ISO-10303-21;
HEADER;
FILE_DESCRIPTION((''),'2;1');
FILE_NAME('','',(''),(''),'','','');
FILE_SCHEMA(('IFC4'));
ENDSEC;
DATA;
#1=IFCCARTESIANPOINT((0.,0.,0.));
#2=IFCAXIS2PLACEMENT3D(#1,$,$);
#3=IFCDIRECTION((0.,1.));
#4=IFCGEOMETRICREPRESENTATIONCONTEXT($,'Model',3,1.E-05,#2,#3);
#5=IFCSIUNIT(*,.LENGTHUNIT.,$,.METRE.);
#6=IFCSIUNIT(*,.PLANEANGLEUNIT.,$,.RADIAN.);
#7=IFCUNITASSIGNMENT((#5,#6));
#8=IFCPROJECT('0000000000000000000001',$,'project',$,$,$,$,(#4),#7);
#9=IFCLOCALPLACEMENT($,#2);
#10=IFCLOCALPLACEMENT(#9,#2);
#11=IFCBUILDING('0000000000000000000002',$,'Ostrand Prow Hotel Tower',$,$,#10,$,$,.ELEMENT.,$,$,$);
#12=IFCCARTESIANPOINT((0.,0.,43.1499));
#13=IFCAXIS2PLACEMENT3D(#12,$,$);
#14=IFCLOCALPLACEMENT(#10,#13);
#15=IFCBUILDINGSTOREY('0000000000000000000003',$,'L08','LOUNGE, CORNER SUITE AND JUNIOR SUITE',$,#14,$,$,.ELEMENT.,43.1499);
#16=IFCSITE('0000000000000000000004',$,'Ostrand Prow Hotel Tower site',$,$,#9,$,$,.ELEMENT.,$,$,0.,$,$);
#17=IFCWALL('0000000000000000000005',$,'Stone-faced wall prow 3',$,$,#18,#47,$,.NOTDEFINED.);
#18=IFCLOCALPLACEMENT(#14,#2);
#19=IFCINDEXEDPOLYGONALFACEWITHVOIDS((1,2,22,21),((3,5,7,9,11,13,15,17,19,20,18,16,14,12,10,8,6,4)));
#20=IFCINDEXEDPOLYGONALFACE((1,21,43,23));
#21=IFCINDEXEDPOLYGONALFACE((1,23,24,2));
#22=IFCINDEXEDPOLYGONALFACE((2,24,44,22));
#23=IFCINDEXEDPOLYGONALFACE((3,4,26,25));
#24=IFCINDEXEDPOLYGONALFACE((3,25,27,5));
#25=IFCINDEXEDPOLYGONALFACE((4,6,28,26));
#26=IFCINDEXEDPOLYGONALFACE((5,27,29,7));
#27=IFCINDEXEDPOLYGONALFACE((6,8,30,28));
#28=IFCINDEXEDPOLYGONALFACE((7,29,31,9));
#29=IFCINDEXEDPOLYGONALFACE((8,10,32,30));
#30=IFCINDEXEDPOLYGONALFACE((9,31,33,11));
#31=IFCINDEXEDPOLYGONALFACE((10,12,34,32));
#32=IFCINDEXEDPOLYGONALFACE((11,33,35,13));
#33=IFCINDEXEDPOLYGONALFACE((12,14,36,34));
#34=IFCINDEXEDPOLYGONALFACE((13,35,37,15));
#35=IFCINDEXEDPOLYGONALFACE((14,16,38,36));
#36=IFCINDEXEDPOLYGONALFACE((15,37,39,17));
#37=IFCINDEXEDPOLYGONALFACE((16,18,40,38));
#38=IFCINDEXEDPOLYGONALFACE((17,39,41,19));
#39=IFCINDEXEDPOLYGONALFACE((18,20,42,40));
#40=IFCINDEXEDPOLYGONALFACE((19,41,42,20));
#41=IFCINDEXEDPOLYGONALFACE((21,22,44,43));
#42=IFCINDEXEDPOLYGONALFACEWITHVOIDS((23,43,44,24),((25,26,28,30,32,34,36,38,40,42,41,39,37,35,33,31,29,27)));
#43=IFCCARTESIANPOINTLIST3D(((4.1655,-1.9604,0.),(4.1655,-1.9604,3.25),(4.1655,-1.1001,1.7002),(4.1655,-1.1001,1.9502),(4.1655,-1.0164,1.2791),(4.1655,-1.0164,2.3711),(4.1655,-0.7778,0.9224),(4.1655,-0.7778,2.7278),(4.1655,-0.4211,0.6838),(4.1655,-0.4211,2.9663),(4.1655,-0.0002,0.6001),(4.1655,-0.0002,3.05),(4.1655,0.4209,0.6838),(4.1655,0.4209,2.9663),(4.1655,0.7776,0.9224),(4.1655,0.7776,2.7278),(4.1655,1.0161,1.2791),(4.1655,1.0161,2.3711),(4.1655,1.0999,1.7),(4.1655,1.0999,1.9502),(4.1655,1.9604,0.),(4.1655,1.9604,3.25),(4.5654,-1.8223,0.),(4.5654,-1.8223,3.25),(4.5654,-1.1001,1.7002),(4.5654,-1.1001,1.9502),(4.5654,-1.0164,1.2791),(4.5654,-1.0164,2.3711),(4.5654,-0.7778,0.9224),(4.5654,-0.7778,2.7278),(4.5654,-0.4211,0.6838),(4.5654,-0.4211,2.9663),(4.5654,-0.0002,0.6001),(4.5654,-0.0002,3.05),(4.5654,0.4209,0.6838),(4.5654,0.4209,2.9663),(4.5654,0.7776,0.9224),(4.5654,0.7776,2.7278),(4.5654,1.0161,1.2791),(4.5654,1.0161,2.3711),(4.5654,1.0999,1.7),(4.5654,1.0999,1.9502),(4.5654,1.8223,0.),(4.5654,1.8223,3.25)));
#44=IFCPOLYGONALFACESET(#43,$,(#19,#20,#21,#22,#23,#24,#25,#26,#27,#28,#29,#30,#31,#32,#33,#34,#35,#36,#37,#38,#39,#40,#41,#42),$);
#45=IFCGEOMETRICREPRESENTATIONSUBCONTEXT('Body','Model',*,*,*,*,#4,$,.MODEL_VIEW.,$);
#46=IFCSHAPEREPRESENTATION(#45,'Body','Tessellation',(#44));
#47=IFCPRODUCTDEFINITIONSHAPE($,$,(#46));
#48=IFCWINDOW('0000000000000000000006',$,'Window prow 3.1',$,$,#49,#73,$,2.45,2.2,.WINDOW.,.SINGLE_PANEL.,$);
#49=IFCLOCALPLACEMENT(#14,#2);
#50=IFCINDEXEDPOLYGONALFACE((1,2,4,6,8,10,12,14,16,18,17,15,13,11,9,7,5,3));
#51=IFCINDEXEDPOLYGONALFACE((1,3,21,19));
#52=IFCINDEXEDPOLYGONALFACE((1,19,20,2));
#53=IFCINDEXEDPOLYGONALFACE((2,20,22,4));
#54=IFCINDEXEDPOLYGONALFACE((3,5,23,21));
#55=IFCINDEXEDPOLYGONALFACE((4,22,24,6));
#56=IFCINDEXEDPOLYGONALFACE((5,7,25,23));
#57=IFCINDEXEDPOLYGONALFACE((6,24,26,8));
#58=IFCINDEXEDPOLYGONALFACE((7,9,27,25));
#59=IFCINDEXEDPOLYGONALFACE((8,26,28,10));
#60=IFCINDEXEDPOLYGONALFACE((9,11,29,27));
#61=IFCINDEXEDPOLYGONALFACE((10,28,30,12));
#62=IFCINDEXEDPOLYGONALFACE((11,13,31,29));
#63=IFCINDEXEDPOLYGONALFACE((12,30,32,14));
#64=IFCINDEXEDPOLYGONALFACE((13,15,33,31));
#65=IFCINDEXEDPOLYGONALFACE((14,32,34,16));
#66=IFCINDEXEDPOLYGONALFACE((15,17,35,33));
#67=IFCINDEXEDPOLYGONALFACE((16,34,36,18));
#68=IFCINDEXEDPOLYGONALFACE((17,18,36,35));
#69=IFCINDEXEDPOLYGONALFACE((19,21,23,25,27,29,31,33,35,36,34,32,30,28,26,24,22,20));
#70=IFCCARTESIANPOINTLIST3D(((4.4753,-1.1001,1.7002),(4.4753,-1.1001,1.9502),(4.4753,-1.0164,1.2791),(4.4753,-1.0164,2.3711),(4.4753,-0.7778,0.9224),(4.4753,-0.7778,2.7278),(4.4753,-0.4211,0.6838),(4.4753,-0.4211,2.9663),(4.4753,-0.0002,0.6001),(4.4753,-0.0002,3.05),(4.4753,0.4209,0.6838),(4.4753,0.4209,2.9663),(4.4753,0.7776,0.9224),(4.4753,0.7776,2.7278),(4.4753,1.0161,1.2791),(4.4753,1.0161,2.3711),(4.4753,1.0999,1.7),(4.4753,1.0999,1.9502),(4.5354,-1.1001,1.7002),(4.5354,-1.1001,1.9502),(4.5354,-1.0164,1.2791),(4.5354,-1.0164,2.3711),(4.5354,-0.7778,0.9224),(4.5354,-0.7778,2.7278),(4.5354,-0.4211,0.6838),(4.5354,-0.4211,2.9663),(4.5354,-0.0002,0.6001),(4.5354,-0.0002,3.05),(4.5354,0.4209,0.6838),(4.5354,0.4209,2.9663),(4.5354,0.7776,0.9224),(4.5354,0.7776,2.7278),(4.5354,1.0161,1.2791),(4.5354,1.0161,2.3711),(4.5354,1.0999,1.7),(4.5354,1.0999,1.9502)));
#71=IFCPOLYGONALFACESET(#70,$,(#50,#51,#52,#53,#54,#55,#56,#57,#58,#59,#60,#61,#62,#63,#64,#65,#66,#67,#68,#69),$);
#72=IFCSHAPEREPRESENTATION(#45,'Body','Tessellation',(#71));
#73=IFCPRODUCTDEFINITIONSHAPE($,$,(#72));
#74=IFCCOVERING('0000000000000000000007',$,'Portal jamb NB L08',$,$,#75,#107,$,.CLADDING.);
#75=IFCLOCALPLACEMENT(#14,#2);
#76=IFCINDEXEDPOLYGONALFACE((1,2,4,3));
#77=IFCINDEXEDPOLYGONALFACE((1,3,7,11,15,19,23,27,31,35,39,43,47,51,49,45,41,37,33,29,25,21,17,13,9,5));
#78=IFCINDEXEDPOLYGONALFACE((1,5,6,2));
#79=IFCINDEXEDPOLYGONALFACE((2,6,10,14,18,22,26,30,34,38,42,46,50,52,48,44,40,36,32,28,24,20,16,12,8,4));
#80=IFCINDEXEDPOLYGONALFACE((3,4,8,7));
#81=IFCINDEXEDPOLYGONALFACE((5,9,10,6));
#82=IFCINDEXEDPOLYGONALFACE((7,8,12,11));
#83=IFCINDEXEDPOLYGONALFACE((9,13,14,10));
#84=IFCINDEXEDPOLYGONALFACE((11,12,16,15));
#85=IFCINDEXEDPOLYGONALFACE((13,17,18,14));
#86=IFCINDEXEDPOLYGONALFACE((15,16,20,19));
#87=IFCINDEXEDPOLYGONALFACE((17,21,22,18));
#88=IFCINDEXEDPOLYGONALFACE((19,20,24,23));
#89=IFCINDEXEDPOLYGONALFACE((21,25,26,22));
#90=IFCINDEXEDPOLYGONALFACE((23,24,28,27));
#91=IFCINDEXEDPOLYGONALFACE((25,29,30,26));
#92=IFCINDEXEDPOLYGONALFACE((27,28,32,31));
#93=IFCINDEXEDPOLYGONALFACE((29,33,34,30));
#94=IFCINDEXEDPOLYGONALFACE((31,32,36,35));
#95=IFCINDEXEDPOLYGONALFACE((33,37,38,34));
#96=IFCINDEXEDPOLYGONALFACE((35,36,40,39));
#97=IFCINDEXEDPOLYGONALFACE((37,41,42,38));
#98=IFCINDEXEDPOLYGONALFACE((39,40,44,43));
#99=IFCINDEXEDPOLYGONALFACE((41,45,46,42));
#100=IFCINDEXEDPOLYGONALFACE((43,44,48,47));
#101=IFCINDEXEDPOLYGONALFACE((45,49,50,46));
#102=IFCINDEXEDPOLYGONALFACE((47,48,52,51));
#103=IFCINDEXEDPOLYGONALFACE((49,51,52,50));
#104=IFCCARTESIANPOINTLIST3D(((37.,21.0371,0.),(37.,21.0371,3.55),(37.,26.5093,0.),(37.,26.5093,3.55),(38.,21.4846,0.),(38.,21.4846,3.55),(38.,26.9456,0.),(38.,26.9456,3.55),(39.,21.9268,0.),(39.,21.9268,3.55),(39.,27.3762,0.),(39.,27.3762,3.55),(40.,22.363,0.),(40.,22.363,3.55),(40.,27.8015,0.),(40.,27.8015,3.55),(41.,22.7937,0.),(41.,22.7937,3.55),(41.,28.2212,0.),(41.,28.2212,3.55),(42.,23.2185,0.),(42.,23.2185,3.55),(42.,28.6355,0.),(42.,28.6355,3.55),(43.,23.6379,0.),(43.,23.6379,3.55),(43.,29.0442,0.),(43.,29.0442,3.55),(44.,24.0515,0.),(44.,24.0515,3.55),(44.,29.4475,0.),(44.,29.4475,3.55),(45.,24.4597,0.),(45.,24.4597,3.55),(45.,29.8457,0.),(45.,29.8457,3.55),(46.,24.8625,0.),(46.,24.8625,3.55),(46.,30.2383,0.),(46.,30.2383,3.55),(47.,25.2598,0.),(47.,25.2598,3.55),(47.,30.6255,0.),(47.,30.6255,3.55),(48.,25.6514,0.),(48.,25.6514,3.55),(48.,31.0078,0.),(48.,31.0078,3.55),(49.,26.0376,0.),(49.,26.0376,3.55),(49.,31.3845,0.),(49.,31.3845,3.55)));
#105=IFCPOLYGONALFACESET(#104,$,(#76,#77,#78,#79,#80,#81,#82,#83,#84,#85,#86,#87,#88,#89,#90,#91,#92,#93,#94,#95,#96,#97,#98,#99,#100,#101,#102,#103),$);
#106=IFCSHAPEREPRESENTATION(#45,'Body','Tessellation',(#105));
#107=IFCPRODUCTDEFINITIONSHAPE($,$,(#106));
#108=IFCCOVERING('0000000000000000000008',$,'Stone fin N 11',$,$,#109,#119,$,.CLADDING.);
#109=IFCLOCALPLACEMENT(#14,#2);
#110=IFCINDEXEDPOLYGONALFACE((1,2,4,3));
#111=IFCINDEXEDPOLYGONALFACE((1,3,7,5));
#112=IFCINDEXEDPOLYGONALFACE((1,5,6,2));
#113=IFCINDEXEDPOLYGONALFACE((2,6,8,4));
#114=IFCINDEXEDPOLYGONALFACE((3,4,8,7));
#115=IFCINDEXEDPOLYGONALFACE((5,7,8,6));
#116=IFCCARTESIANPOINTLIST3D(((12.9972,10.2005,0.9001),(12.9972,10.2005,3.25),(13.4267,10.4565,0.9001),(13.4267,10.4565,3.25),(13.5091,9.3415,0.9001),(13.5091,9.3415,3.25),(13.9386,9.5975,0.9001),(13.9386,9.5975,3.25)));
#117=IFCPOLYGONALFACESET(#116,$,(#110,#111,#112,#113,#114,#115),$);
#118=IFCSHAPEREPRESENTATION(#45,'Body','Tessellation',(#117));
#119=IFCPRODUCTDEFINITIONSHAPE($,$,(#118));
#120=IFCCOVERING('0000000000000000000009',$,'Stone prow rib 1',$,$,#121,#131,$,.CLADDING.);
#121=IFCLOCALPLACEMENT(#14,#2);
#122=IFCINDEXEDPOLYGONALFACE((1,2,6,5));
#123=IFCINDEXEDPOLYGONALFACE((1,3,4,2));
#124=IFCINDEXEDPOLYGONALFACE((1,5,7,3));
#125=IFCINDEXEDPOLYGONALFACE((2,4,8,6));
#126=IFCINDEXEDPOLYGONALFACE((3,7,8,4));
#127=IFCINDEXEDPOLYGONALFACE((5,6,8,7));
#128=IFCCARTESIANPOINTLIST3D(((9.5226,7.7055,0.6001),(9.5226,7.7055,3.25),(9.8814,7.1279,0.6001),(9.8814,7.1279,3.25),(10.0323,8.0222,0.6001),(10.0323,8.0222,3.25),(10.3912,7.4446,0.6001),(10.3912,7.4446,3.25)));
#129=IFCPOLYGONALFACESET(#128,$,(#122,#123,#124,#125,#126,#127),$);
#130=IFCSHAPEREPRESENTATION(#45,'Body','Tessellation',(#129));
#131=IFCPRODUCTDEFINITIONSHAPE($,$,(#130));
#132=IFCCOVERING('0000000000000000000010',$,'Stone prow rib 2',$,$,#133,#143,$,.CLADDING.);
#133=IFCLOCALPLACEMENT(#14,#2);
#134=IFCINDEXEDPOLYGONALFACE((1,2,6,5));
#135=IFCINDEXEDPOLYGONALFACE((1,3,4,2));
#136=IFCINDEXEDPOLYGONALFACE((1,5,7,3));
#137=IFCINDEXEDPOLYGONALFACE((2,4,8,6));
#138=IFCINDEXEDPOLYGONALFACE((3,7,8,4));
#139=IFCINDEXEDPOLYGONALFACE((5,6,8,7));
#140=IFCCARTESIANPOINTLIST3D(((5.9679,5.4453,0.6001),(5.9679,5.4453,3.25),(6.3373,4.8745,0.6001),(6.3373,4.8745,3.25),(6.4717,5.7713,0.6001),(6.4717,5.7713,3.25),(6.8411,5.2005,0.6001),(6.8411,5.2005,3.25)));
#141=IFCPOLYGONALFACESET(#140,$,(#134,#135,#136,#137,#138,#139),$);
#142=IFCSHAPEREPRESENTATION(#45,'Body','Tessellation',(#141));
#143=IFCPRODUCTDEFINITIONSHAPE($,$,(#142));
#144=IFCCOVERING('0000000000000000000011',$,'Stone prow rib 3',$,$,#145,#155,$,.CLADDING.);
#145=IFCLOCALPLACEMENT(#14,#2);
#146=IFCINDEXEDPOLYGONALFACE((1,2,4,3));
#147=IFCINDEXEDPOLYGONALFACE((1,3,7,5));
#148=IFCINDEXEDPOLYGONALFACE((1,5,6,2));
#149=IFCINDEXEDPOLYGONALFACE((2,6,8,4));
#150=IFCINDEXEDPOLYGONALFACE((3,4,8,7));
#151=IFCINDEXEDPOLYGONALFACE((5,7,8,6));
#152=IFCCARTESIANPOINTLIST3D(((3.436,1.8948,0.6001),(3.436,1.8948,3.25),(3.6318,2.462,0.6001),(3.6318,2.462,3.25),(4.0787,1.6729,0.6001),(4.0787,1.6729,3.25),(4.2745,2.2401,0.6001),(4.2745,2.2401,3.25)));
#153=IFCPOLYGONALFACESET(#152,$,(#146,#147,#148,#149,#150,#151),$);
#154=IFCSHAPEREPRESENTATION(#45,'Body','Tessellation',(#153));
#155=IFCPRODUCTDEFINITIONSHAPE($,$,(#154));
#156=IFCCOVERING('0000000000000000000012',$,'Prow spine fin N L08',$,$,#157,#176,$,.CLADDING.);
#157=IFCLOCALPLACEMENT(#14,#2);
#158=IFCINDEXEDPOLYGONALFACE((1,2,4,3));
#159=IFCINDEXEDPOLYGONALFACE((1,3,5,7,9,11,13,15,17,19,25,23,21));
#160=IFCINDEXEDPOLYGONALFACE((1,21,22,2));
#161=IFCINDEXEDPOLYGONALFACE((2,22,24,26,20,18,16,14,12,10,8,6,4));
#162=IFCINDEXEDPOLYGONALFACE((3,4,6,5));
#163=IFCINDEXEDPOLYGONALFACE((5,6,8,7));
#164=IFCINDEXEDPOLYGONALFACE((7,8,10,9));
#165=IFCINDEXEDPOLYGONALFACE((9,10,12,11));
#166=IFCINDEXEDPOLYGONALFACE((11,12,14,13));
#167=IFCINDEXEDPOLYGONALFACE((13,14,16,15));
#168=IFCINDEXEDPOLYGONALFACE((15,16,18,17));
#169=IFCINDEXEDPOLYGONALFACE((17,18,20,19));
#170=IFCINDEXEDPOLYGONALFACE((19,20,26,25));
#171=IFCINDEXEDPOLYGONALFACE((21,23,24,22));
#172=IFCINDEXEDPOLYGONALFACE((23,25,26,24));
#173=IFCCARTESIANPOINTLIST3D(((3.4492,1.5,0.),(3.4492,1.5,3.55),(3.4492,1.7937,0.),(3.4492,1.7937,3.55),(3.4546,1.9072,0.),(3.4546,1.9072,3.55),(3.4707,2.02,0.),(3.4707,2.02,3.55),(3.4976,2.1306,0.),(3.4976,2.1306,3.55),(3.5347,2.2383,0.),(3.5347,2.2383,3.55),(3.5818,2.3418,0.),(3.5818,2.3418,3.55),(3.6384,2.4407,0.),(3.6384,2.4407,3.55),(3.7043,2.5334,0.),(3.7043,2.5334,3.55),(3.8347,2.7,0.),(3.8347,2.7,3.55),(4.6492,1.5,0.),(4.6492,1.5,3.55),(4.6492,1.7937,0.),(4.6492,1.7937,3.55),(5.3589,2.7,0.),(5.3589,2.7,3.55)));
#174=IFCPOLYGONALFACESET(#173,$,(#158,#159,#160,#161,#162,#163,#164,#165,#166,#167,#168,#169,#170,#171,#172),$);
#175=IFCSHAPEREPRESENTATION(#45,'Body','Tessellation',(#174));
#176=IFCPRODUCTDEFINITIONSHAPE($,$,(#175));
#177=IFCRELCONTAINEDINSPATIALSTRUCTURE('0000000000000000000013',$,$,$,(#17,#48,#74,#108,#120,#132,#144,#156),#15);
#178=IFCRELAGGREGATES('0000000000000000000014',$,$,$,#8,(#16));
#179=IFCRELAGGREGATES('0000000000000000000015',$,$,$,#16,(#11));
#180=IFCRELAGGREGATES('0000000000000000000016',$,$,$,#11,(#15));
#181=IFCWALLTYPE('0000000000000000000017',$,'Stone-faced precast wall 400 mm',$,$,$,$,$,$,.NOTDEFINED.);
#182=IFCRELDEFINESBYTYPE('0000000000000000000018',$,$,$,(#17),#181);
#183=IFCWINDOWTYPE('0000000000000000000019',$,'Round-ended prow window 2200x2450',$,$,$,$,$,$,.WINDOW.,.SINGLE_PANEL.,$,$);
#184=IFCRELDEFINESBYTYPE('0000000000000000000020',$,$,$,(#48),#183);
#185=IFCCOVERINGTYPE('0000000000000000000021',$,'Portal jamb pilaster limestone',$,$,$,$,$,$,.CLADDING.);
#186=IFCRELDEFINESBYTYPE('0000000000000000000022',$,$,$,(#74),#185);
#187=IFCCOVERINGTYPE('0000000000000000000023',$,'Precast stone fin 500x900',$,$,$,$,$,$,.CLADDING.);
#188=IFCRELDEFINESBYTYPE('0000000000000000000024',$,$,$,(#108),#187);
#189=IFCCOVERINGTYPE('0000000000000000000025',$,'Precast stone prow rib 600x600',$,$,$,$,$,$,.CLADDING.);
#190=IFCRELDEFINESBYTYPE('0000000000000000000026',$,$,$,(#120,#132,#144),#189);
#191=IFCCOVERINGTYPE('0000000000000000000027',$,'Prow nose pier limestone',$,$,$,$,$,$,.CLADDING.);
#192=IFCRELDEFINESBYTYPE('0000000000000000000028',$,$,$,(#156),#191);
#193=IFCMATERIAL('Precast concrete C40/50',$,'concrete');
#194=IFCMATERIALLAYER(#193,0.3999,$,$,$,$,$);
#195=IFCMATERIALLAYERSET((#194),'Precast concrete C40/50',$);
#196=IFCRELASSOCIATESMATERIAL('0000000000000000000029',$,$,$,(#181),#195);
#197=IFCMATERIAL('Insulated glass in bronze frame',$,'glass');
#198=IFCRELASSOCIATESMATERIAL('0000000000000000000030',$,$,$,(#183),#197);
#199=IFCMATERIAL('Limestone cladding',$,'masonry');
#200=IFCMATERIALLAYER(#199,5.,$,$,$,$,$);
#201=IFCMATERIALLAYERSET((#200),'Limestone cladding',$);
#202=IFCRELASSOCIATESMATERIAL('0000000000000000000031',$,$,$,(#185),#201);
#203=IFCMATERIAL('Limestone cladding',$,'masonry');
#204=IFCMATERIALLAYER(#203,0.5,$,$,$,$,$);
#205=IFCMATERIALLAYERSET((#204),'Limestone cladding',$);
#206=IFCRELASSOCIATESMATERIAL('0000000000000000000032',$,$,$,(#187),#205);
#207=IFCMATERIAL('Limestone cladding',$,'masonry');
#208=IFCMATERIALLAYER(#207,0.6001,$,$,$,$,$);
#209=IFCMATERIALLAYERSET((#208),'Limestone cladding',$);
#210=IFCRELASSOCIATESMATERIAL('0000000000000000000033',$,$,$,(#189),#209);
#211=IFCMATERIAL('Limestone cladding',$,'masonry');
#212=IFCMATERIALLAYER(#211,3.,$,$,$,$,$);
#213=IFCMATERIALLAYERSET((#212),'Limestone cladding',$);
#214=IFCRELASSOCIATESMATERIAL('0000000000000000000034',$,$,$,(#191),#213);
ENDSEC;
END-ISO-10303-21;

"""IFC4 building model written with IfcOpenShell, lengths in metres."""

from ifc_helpers import new_model, si_unit, direction, frame, frame_2d, origin, place, context, subcontext, project, spatial, polyline, rectangle, outline, extrude, material, layer, layer_set, type_object, element, fill, save


model = new_model("IFC4")

# Units and contexts
model_context = context("Model", 3, precision=1e-05, world=origin(), true_north=direction((0.0, 1.0)))
body_context = subcontext(model_context, "Body", "Model", "MODEL_VIEW")
ifc_project = project(units=[si_unit("LENGTHUNIT", "METRE"), si_unit("PLANEANGLEUNIT", "RADIAN")], contexts=[model_context])

# Site, building, storey
site_placement = place(None, origin())
site = spatial("IfcSite", under=ifc_project, at=site_placement, Name="Ostrand Prow Hotel Tower site", CompositionType="ELEMENT", RefElevation=0.0)
building_placement = place(site_placement, origin())
building = spatial("IfcBuilding", under=site, at=building_placement, Name="Ostrand Prow Hotel Tower", CompositionType="ELEMENT")
storey_placement = place(building_placement, frame((0.0, 0.0, 43.1499)))
storey = spatial("IfcBuildingStorey", under=building, at=storey_placement, Name="L08", Description="LOUNGE, CORNER SUITE AND JUNIOR SUITE", CompositionType="ELEMENT", Elevation=43.1499)

# Wall, opening, window
ifc_material_1 = material(Name="Precast concrete C40/50", Category="concrete")
ifc_layer_1 = layer(ifc_material_1, 0.3999)
ifc_layer_set_1 = layer_set([ifc_layer_1], Name="Precast concrete C40/50")
wall_type_1 = type_object("IfcWallType", Name="Stone-faced precast wall 400 mm", PredefinedType="NOTDEFINED", material=ifc_layer_set_1)
ifc_material_2 = material(Name="Insulated glass in bronze frame", Category="glass")
window_type = type_object("IfcWindowType", Name="Round-ended prow window 2200x2450", PartitioningType="SINGLE_PANEL", PredefinedType="WINDOW", material=ifc_material_2)
wall_1_placement = place(storey_placement, frame((4.3655, 1.8914, 0.0), z_axis=(0.0, 0.0, 1.0), x_axis=(0.0, -1.0, 0.0)))
wall_1 = element("IfcWall", 1, at=wall_1_placement, inside=storey, type_object=wall_type_1, Name="Stone-faced wall prow 3", PredefinedType="NOTDEFINED", context=body_context, shape_type="SweptSolid", body=[
    extrude(outline(polyline([(-0.0691, -0.2), (3.8518, -0.2), (3.7136, 0.2), (0.0691, 0.2), (-0.0691, -0.2)])), origin(), (0.0, 0.0, 1.0), 3.25),
])
opening_1_placement = place(wall_1_placement, frame((0.7915, 0.0, 0.6001)))
opening_1 = element("IfcOpeningElement", 2, at=opening_1_placement, cuts=wall_1, PredefinedType="OPENING", context=body_context, shape_type="SweptSolid", body=[
    extrude(outline(polyline([(0.0, 1.3501), (0.0837, 1.771), (0.3223, 2.1277), (0.679, 2.3662), (1.1001, 2.45), (1.521, 2.3662), (1.8777, 2.1277), (2.1162, 1.771), (2.2, 1.3501), (2.2, 1.1001), (2.1162, 0.679), (1.8777, 0.3223), (1.521, 0.0837), (1.1001, 0.0), (0.679, 0.0837), (0.3223, 0.3223), (0.0837, 0.679), (0.0, 1.0999), (0.0, 1.3501)])), frame((0.0, 0.21, 0.0), z_axis=(0.0, -1.0, 0.0), x_axis=(1.0, 0.0, 0.0)), (0.0, 0.0, 1.0), 0.4199),
])
window_1_placement = place(opening_1_placement, origin())
window_1 = element("IfcWindow", 3, at=window_1_placement, inside=storey, type_object=window_type, Name="Window prow 3.1", OverallHeight=2.45, OverallWidth=2.2, PartitioningType="SINGLE_PANEL", PredefinedType="WINDOW", context=body_context, shape_type="SweptSolid", body=[
    extrude(outline(polyline([(0.0, 1.3501), (0.0837, 1.771), (0.3223, 2.1277), (0.679, 2.3662), (1.1001, 2.45), (1.521, 2.3662), (1.8777, 2.1277), (2.1162, 1.771), (2.2, 1.3501), (2.2, 1.1001), (2.1162, 0.679), (1.8777, 0.3223), (1.521, 0.0837), (1.1001, 0.0), (0.679, 0.0837), (0.3223, 0.3223), (0.0837, 0.679), (0.0, 1.0999), (0.0, 1.3501)])), frame((0.0, 0.1699, 0.0), z_axis=(0.0, -1.0, 0.0), x_axis=(1.0, 0.0, 0.0)), (0.0, 0.0, 1.0), 0.0601),
])
fill(opening_1, window_1)

# Coverings
ifc_material_3 = material(Name="Limestone cladding", Category="masonry")
ifc_layer_2 = layer(ifc_material_3, 5.0)
ifc_layer_set_2 = layer_set([ifc_layer_2], Name="Limestone cladding")
covering_type_1 = type_object("IfcCoveringType", Name="Portal jamb pilaster limestone", PredefinedType="CLADDING", material=ifc_layer_set_2)
covering_1_placement = place(storey_placement, origin())
element("IfcCovering", 4, at=covering_1_placement, inside=storey, type_object=covering_type_1, Name="Portal jamb NB L08", PredefinedType="CLADDING", context=body_context, shape_type="SweptSolid", body=[
    extrude(outline(polyline([(37.0, 21.0371), (38.0, 21.4846), (39.0, 21.9268), (40.0, 22.363), (41.0, 22.7937), (42.0, 23.2185), (43.0, 23.6379), (44.0, 24.0515), (45.0, 24.4597), (46.0, 24.8625), (47.0, 25.2598), (48.0, 25.6514), (49.0, 26.0376), (49.0, 31.3845), (48.0, 31.0078), (47.0, 30.6255), (46.0, 30.2383), (45.0, 29.8457), (44.0, 29.4475), (43.0, 29.0442), (42.0, 28.6355), (41.0, 28.2212), (40.0, 27.8015), (39.0, 27.3762), (38.0, 26.9456), (37.0, 26.5093), (37.0, 21.0371)])), origin(), (0.0, 0.0, 1.0), 3.55),
])
ifc_material_4 = material(Name="Limestone cladding", Category="masonry")
ifc_layer_3 = layer(ifc_material_4, 0.5)
ifc_layer_set_3 = layer_set([ifc_layer_3], Name="Limestone cladding")
covering_type_2 = type_object("IfcCoveringType", Name="Precast stone fin 500x900", PredefinedType="CLADDING", material=ifc_layer_set_3)
covering_2_placement = place(storey_placement, frame((13.7239, 9.4695, 0.9001), z_axis=(0.0, 0.0, 1.0), x_axis=(-0.511909, 0.85904, 0.0)))
element("IfcCovering", 5, at=covering_2_placement, inside=storey, type_object=covering_type_2, Name="Stone fin N 11", PredefinedType="CLADDING", context=body_context, shape_type="SweptSolid", body=[
    extrude(rectangle(XDim=1.0, YDim=0.5, at=frame_2d((0.5, 0.0))), origin(), (0.0, 0.0, 1.0), 2.3499),
])
ifc_material_5 = material(Name="Limestone cladding", Category="masonry")
ifc_layer_4 = layer(ifc_material_5, 0.6001)
ifc_layer_set_4 = layer_set([ifc_layer_4], Name="Limestone cladding")
covering_type_3 = type_object("IfcCoveringType", Name="Precast stone prow rib 600x600", PredefinedType="CLADDING", material=ifc_layer_set_4)
for number, where, z_axis, x_axis, name in (
    (6, (10.1362, 7.2864, 0.6001), (0.0, 0.0, 1.0), (-0.527738, 0.849407, 0.0), "Stone prow rib 1"),
    (7, (6.5891, 5.0376, 0.6001), (0.0, 0.0, 1.0), (-0.543296, 0.839541, 0.0), "Stone prow rib 2"),
    (8, (4.1765, 1.9565, 0.6001), (0.0, 0.0, 1.0), (-0.945255, 0.326334, 0.0), "Stone prow rib 3"),
):
    element("IfcCovering", number, at=place(storey_placement, frame(where, z_axis=z_axis, x_axis=x_axis)), inside=storey, type_object=covering_type_3, Name=name, PredefinedType="CLADDING", context=body_context, shape_type="SweptSolid", body=[
        extrude(rectangle(XDim=0.6799, YDim=0.6001, at=frame_2d((0.3398, 0.0))), origin(), (0.0, 0.0, 1.0), 2.6499),
    ])
ifc_material_6 = material(Name="Limestone cladding", Category="masonry")
ifc_layer_5 = layer(ifc_material_6, 3.0)
ifc_layer_set_5 = layer_set([ifc_layer_5], Name="Limestone cladding")
covering_type_4 = type_object("IfcCoveringType", Name="Prow nose pier limestone", PredefinedType="CLADDING", material=ifc_layer_set_5)
covering_3_placement = place(storey_placement, origin())
element("IfcCovering", 9, at=covering_3_placement, inside=storey, type_object=covering_type_4, Name="Prow spine fin N L08", PredefinedType="CLADDING", context=body_context, shape_type="SweptSolid", body=[
    extrude(outline(polyline([(3.4492, 1.7937), (3.4492, 1.5), (4.6492, 1.5), (4.6492, 1.7937), (5.3589, 2.7), (3.8347, 2.7), (3.7043, 2.5334), (3.6384, 2.4407), (3.5818, 2.3418), (3.5347, 2.2383), (3.4976, 2.1306), (3.4707, 2.02), (3.4546, 1.9072), (3.4492, 1.7937)])), origin(), (0.0, 0.0, 1.0), 3.55),
])

save(model, "model.ifc")
